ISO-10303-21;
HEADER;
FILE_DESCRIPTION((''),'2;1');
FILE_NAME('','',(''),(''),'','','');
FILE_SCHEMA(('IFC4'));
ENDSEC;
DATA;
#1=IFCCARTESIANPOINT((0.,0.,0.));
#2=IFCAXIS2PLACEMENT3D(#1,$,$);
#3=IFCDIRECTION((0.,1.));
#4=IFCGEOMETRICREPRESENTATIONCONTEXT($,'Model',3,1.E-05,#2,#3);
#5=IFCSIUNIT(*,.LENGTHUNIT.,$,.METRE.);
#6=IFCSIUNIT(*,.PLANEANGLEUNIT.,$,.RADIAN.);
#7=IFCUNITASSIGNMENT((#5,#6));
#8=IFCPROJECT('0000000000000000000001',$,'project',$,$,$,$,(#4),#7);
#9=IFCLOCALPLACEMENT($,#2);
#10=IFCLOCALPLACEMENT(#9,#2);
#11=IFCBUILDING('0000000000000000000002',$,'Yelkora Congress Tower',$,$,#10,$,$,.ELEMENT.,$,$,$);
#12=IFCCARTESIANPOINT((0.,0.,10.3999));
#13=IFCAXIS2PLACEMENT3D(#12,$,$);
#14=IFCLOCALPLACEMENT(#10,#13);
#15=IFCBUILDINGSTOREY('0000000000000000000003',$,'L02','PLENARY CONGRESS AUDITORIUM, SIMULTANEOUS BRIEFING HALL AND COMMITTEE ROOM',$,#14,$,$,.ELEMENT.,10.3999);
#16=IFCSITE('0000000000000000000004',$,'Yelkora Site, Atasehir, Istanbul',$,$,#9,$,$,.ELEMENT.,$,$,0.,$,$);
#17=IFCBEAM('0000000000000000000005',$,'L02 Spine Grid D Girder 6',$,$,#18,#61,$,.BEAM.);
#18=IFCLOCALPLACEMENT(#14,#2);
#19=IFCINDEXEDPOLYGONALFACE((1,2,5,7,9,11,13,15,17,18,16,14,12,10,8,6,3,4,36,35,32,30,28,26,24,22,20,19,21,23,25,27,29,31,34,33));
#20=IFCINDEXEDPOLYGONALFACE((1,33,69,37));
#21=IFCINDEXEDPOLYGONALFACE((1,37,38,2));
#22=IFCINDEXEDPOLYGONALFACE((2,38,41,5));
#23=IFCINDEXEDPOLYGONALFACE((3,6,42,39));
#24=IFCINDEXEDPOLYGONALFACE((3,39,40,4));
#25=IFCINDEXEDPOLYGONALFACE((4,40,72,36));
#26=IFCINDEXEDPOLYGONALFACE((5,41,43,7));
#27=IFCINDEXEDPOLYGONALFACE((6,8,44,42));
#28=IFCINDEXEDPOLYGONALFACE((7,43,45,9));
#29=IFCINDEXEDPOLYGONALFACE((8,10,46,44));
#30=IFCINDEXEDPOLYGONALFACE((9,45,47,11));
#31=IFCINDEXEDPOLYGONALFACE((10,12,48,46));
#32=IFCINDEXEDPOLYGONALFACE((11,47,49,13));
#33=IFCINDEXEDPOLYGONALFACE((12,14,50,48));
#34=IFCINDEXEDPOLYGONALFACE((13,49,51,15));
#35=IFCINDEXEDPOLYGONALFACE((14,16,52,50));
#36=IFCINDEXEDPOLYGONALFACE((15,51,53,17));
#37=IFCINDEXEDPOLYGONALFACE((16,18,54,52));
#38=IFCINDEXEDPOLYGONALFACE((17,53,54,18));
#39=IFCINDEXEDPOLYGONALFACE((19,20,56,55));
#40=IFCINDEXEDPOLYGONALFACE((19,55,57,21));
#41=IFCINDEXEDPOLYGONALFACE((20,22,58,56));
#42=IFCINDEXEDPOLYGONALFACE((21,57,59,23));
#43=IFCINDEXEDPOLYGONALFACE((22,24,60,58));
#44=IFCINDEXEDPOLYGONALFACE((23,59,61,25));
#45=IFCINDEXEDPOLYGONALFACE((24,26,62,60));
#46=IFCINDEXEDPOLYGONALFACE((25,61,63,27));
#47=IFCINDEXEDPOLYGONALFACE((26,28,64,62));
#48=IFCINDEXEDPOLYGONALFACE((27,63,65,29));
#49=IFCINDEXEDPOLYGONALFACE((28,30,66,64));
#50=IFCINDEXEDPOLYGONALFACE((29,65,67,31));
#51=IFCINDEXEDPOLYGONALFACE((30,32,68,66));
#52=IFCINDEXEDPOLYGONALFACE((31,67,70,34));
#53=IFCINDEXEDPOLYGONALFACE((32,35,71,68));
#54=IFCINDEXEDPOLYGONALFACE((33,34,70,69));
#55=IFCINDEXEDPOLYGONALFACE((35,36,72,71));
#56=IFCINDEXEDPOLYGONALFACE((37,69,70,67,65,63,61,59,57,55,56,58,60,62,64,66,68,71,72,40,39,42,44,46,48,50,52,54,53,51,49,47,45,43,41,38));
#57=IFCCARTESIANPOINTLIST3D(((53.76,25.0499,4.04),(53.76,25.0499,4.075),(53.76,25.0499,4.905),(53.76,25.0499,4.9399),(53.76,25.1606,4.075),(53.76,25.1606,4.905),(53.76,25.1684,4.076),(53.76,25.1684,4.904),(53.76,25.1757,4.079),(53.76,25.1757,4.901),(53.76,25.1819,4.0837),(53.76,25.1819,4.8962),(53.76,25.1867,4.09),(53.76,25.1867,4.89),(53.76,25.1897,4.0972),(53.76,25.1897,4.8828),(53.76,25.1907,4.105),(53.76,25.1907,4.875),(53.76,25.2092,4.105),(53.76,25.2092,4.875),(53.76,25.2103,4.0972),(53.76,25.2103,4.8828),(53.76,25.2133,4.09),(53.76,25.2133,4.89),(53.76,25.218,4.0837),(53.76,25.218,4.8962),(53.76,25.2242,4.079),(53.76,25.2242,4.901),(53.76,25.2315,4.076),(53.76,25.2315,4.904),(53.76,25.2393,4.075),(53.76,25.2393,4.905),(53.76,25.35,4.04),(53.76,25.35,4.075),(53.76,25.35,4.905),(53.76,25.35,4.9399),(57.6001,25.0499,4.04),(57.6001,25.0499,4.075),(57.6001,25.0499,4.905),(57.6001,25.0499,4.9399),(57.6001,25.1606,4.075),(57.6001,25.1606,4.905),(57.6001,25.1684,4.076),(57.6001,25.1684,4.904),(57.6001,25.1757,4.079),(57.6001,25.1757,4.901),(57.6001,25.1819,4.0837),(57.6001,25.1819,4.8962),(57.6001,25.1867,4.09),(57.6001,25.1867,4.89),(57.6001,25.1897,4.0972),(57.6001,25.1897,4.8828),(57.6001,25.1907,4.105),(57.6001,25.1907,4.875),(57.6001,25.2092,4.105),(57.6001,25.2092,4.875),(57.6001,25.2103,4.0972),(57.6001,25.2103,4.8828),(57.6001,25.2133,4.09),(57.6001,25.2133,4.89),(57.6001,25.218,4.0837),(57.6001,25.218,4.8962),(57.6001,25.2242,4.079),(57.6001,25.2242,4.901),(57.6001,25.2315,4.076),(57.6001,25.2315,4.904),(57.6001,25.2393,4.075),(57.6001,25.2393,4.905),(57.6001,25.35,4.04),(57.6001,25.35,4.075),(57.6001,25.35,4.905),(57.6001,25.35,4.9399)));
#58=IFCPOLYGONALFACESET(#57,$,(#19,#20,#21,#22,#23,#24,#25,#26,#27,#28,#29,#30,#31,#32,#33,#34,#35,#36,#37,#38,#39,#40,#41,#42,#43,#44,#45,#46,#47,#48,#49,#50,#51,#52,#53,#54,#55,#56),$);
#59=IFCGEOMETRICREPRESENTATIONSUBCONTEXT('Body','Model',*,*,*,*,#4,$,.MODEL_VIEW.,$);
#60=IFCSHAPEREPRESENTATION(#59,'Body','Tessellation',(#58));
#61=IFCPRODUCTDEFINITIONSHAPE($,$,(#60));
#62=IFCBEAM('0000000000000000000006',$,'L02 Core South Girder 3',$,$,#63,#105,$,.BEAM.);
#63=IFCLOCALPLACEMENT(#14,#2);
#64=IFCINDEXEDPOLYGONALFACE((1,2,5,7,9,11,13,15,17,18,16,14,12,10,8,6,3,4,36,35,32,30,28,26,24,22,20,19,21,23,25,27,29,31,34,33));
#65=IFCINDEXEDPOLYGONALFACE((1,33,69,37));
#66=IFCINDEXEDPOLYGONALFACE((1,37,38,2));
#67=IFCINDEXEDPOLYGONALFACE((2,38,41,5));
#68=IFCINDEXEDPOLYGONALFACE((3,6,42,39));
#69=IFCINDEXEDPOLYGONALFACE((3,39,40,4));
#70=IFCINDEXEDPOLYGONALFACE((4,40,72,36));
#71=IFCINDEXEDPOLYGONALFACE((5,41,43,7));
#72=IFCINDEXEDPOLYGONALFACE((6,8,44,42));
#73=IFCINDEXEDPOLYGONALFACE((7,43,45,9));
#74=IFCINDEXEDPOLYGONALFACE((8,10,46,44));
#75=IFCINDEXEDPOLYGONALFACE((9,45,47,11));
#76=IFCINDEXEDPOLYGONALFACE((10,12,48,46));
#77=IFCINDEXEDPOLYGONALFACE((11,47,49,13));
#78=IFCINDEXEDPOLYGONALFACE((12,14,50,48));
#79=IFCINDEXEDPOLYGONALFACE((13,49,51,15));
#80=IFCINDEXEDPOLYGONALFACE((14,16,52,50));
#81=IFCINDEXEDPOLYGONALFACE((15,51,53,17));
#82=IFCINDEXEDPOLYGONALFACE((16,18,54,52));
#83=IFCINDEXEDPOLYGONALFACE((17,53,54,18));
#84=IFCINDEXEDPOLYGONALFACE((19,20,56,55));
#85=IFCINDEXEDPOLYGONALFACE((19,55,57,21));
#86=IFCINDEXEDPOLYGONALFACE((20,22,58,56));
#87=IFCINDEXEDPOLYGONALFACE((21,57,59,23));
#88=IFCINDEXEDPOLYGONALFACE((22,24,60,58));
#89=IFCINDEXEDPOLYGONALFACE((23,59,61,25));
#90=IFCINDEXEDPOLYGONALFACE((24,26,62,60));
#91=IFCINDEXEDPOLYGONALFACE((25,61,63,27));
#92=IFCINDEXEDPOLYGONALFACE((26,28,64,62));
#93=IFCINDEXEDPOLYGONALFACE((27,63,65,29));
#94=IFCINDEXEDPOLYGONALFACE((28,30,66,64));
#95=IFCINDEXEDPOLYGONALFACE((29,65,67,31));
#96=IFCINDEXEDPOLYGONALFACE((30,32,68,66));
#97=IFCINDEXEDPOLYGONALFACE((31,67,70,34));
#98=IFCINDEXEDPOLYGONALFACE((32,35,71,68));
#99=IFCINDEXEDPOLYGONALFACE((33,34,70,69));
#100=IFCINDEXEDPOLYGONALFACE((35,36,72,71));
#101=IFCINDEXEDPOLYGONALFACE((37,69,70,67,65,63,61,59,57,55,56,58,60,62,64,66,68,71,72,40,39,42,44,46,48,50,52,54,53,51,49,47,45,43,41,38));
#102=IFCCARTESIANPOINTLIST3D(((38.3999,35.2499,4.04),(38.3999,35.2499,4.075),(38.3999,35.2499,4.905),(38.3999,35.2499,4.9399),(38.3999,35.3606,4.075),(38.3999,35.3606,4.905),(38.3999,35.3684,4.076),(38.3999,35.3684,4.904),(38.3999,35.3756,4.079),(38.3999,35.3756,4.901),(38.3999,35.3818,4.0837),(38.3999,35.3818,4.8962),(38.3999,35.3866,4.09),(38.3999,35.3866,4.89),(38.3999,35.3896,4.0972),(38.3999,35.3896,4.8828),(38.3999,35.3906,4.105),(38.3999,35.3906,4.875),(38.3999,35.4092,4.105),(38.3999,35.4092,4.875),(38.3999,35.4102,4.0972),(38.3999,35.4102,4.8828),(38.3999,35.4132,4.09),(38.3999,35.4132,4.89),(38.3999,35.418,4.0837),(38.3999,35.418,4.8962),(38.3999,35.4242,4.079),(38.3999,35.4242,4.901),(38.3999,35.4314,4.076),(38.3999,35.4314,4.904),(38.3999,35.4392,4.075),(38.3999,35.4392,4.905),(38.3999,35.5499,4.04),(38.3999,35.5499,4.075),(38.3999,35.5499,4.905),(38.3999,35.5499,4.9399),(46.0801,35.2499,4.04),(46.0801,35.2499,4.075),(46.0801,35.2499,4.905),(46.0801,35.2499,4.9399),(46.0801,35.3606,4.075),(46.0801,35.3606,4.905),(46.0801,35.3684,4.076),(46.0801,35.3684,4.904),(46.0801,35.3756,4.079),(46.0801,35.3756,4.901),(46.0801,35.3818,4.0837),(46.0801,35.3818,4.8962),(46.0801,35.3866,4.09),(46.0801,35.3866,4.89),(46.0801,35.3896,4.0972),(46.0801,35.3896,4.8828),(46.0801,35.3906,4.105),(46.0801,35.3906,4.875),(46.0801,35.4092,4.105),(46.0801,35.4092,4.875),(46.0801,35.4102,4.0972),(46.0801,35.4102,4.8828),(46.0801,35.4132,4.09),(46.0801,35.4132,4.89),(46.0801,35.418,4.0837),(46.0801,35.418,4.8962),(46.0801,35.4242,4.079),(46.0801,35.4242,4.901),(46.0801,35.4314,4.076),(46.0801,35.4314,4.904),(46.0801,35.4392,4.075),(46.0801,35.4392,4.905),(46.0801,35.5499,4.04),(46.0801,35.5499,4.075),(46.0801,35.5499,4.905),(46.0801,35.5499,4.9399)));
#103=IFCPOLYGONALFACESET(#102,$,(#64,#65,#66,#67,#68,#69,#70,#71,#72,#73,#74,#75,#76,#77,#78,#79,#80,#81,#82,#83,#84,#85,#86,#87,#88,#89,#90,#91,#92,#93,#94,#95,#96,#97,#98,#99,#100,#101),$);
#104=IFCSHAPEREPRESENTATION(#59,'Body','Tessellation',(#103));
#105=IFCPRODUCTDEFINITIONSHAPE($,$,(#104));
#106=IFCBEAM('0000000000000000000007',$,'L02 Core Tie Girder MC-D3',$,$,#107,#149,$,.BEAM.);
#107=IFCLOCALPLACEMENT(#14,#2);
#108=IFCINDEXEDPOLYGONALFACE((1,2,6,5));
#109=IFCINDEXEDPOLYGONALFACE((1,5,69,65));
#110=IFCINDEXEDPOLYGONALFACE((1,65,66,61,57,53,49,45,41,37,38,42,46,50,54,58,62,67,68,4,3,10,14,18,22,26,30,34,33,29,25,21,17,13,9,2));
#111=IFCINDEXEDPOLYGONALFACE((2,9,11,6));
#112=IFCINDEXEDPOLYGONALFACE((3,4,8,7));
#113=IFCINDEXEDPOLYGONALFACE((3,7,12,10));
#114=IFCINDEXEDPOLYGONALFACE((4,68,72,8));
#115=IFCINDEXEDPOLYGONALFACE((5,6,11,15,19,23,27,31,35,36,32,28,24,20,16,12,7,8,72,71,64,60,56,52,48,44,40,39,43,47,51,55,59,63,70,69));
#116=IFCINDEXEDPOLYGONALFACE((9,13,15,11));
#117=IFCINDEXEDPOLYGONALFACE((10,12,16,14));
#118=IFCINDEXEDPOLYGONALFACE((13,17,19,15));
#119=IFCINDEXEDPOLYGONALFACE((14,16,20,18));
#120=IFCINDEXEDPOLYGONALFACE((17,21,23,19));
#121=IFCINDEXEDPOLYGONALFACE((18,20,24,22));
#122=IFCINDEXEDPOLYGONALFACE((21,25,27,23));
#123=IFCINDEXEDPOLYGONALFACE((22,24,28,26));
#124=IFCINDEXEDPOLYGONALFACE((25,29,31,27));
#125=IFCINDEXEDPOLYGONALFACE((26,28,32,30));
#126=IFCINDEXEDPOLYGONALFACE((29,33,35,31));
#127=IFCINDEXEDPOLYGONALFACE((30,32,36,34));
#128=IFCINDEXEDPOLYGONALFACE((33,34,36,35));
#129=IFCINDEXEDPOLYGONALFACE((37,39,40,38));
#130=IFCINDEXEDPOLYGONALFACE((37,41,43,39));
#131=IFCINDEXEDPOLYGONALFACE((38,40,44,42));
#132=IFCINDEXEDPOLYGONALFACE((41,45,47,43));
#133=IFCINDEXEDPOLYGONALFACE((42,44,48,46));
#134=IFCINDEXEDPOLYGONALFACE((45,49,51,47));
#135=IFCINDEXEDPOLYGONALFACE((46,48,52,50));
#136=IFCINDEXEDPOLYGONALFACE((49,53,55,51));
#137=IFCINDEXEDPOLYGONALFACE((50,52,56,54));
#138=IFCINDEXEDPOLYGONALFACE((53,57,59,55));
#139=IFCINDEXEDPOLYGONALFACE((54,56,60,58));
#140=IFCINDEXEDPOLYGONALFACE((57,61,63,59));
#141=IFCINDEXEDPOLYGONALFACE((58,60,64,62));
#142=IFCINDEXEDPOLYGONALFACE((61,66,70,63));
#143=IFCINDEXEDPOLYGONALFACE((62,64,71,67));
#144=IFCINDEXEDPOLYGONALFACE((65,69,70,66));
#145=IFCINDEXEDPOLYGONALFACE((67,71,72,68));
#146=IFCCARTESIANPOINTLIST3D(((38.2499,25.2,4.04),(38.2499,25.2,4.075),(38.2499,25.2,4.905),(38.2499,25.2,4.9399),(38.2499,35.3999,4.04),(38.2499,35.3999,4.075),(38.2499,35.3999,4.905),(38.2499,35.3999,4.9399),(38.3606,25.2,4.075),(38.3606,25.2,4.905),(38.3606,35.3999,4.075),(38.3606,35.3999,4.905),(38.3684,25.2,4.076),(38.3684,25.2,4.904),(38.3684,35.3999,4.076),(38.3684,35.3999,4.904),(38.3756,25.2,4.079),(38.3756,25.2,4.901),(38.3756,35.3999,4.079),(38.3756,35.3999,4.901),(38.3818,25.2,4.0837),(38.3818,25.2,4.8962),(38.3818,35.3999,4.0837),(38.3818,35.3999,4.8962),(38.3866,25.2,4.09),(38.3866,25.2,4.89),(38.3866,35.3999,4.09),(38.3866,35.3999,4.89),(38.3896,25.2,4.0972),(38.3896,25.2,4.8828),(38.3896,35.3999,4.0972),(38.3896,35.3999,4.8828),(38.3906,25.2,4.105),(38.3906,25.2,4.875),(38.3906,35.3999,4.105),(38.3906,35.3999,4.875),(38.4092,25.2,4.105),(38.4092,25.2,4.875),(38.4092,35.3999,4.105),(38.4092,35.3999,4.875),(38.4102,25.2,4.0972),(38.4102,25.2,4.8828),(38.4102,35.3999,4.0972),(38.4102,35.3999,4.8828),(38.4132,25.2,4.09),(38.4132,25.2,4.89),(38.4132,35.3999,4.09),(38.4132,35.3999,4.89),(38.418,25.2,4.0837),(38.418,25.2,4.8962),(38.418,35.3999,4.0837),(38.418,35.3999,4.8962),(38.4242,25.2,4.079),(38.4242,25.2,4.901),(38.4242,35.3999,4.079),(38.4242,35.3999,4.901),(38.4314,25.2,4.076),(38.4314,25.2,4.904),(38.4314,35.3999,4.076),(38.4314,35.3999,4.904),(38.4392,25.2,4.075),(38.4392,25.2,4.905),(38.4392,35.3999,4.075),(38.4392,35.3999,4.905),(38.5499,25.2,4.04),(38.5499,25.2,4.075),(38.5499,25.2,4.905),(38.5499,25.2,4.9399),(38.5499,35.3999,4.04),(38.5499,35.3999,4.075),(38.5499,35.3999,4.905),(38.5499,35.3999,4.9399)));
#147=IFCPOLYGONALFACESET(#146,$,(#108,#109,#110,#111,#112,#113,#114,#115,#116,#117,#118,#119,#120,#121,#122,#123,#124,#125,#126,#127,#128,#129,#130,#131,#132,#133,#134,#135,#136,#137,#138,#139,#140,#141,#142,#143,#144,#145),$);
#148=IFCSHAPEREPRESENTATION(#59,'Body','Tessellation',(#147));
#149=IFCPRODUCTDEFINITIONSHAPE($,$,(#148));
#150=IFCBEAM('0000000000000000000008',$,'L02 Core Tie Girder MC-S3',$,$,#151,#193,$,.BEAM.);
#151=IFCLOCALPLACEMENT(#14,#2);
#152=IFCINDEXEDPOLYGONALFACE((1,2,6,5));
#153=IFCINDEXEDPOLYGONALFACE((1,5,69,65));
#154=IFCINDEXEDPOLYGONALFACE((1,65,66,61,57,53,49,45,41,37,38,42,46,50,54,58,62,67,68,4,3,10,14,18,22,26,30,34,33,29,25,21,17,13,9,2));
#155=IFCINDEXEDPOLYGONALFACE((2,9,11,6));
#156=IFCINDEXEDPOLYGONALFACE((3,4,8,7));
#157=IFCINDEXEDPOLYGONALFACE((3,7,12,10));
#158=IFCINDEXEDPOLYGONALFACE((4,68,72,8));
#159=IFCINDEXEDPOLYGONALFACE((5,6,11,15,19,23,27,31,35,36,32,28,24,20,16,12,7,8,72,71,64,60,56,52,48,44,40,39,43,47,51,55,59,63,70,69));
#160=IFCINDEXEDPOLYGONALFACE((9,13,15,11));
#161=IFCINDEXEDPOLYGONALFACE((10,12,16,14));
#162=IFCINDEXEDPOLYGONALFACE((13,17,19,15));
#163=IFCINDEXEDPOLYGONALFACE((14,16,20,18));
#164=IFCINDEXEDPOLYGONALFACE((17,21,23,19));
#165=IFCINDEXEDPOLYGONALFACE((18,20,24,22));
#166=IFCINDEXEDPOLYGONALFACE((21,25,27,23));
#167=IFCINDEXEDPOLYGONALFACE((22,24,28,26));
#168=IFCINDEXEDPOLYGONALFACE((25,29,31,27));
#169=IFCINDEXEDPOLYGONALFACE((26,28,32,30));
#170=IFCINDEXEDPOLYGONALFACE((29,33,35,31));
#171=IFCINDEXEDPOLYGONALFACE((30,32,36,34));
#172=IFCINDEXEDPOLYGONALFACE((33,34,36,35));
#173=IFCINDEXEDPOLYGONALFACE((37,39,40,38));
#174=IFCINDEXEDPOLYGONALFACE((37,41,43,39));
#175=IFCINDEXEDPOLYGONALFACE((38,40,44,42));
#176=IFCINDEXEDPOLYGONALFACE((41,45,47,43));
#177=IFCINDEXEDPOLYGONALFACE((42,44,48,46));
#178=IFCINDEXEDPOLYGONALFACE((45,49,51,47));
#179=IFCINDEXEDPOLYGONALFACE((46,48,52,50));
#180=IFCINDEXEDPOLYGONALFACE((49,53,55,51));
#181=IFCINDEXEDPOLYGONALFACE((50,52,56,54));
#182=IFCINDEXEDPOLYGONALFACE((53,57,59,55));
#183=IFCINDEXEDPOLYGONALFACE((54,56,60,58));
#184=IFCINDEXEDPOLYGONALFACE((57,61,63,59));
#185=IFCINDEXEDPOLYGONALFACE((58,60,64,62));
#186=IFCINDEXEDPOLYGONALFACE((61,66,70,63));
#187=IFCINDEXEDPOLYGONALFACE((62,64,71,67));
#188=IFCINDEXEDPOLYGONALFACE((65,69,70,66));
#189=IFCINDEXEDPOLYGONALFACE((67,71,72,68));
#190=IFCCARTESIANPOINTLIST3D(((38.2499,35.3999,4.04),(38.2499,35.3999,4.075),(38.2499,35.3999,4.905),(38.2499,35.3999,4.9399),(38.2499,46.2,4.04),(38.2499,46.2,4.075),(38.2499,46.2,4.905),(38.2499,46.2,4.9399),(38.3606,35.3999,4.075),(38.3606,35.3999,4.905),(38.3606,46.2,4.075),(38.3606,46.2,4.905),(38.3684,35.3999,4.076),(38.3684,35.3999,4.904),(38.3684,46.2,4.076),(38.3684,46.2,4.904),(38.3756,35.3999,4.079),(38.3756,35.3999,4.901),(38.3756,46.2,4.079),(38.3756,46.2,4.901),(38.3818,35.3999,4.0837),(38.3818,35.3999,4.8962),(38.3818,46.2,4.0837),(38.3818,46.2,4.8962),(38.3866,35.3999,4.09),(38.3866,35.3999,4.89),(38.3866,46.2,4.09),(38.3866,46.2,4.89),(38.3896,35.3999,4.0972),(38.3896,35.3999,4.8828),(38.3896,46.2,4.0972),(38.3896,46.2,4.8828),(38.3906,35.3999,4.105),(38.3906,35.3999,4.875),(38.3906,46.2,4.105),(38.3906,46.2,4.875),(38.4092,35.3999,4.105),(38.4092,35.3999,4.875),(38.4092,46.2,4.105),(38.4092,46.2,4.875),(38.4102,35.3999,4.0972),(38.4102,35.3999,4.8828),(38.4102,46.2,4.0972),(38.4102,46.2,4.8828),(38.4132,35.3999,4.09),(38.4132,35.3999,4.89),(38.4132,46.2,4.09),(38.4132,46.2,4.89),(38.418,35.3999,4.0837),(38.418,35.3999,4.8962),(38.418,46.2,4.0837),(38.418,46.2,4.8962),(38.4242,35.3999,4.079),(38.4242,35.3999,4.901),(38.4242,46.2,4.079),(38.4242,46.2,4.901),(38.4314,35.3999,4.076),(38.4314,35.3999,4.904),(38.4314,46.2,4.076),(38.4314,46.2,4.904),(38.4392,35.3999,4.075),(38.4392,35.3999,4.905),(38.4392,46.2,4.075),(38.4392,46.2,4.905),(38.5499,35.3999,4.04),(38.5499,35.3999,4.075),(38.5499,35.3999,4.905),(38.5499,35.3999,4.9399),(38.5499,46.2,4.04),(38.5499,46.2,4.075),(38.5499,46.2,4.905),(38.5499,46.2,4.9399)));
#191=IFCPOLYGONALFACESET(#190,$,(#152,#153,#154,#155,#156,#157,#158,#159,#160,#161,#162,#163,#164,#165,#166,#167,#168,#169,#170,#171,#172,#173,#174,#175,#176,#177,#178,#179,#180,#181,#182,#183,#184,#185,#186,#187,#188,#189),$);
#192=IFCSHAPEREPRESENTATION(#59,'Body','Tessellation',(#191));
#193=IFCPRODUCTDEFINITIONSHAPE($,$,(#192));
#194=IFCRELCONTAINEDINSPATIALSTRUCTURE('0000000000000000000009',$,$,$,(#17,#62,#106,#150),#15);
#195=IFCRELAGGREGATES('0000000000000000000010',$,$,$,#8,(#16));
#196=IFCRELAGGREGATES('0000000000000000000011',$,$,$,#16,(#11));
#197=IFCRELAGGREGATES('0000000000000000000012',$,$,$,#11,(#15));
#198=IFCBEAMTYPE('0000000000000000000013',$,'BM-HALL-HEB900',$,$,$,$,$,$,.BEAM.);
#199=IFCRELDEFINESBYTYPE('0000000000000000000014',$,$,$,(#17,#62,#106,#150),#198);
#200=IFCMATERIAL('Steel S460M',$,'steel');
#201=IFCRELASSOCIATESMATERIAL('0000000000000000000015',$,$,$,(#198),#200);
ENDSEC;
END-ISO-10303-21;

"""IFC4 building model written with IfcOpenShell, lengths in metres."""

from ifc_helpers import new_model, si_unit, direction, frame, origin, origin_2d, place, context, subcontext, project, spatial, i_section, extrude, material, material_profile, profile_set, type_object, element, save


model = new_model("IFC4")

# Units and contexts
model_context = context("Model", 3, precision=1e-05, world=origin(), true_north=direction((0.0, 1.0)))
body_context = subcontext(model_context, "Body", "Model", "MODEL_VIEW")
ifc_project = project(units=[si_unit("LENGTHUNIT", "METRE"), si_unit("PLANEANGLEUNIT", "RADIAN")], contexts=[model_context])

# Site, building, storey
site_placement = place(None, origin())
site = spatial("IfcSite", under=ifc_project, at=site_placement, Name="Yelkora Site, Atasehir, Istanbul", CompositionType="ELEMENT", RefElevation=0.0)
building_placement = place(site_placement, origin())
building = spatial("IfcBuilding", under=site, at=building_placement, Name="Yelkora Congress Tower", CompositionType="ELEMENT")
storey_placement = place(building_placement, frame((0.0, 0.0, 10.3999)))
storey = spatial("IfcBuildingStorey", under=building, at=storey_placement, Name="L02", Description="PLENARY CONGRESS AUDITORIUM, SIMULTANEOUS BRIEFING HALL AND COMMITTEE ROOM", CompositionType="ELEMENT", Elevation=10.3999)

# Beams
ifc_material_1 = material(Name="Steel S460M", Category="steel")
ifc_material_profile_1 = material_profile(ifc_material_1, i_section(OverallWidth=0.3, OverallDepth=0.8999, WebThickness=0.0186, FlangeThickness=0.0349, FilletRadius=0.03, at=origin_2d()), Name="HEB 900")
ifc_profile_set_1 = profile_set([ifc_material_profile_1], Name="Steel S460M")
beam_type_1 = type_object("IfcBeamType", Name="BM-HALL-HEB900", PredefinedType="BEAM", material=ifc_profile_set_1)
beam_1_placement = place(storey_placement, frame((53.76, 25.2, 4.49), z_axis=(1.0, 0.0, 0.0), x_axis=(0.0, 1.0, 0.0)))
element("IfcBeam", 1, at=beam_1_placement, inside=storey, type_object=beam_type_1, Name="L02 Spine Grid D Girder 6", PredefinedType="BEAM", context=body_context, shape_type="SweptSolid", body=[
    extrude(i_section(OverallWidth=0.3, OverallDepth=0.8999, WebThickness=0.0186, FlangeThickness=0.0349, FilletRadius=0.03, at=origin_2d()), origin(), (0.0, 0.0, 1.0), 3.8401),
])
beam_2_placement = place(storey_placement, frame((38.3999, 35.3999, 4.49), z_axis=(1.0, 0.0, 0.0), x_axis=(0.0, 1.0, 0.0)))
element("IfcBeam", 2, at=beam_2_placement, inside=storey, type_object=beam_type_1, Name="L02 Core South Girder 3", PredefinedType="BEAM", context=body_context, shape_type="SweptSolid", body=[
    extrude(i_section(OverallWidth=0.3, OverallDepth=0.8999, WebThickness=0.0186, FlangeThickness=0.0349, FilletRadius=0.03, at=origin_2d()), origin(), (0.0, 0.0, 1.0), 7.6802),
])
beam_3_placement = place(storey_placement, frame((38.3999, 25.2, 4.49), z_axis=(0.0, 1.0, 0.0), x_axis=(-1.0, 0.0, 0.0)))
element("IfcBeam", 3, at=beam_3_placement, inside=storey, type_object=beam_type_1, Name="L02 Core Tie Girder MC-D3", PredefinedType="BEAM", context=body_context, shape_type="SweptSolid", body=[
    extrude(i_section(OverallWidth=0.3, OverallDepth=0.8999, WebThickness=0.0186, FlangeThickness=0.0349, FilletRadius=0.03, at=origin_2d()), origin(), (0.0, 0.0, 1.0), 10.2),
])
beam_4_placement = place(storey_placement, frame((38.3999, 35.3999, 4.49), z_axis=(0.0, 1.0, 0.0), x_axis=(-1.0, 0.0, 0.0)))
element("IfcBeam", 4, at=beam_4_placement, inside=storey, type_object=beam_type_1, Name="L02 Core Tie Girder MC-S3", PredefinedType="BEAM", context=body_context, shape_type="SweptSolid", body=[
    extrude(i_section(OverallWidth=0.3, OverallDepth=0.8999, WebThickness=0.0186, FlangeThickness=0.0349, FilletRadius=0.03, at=origin_2d()), origin(), (0.0, 0.0, 1.0), 10.8),
])

save(model, "model.ifc")
